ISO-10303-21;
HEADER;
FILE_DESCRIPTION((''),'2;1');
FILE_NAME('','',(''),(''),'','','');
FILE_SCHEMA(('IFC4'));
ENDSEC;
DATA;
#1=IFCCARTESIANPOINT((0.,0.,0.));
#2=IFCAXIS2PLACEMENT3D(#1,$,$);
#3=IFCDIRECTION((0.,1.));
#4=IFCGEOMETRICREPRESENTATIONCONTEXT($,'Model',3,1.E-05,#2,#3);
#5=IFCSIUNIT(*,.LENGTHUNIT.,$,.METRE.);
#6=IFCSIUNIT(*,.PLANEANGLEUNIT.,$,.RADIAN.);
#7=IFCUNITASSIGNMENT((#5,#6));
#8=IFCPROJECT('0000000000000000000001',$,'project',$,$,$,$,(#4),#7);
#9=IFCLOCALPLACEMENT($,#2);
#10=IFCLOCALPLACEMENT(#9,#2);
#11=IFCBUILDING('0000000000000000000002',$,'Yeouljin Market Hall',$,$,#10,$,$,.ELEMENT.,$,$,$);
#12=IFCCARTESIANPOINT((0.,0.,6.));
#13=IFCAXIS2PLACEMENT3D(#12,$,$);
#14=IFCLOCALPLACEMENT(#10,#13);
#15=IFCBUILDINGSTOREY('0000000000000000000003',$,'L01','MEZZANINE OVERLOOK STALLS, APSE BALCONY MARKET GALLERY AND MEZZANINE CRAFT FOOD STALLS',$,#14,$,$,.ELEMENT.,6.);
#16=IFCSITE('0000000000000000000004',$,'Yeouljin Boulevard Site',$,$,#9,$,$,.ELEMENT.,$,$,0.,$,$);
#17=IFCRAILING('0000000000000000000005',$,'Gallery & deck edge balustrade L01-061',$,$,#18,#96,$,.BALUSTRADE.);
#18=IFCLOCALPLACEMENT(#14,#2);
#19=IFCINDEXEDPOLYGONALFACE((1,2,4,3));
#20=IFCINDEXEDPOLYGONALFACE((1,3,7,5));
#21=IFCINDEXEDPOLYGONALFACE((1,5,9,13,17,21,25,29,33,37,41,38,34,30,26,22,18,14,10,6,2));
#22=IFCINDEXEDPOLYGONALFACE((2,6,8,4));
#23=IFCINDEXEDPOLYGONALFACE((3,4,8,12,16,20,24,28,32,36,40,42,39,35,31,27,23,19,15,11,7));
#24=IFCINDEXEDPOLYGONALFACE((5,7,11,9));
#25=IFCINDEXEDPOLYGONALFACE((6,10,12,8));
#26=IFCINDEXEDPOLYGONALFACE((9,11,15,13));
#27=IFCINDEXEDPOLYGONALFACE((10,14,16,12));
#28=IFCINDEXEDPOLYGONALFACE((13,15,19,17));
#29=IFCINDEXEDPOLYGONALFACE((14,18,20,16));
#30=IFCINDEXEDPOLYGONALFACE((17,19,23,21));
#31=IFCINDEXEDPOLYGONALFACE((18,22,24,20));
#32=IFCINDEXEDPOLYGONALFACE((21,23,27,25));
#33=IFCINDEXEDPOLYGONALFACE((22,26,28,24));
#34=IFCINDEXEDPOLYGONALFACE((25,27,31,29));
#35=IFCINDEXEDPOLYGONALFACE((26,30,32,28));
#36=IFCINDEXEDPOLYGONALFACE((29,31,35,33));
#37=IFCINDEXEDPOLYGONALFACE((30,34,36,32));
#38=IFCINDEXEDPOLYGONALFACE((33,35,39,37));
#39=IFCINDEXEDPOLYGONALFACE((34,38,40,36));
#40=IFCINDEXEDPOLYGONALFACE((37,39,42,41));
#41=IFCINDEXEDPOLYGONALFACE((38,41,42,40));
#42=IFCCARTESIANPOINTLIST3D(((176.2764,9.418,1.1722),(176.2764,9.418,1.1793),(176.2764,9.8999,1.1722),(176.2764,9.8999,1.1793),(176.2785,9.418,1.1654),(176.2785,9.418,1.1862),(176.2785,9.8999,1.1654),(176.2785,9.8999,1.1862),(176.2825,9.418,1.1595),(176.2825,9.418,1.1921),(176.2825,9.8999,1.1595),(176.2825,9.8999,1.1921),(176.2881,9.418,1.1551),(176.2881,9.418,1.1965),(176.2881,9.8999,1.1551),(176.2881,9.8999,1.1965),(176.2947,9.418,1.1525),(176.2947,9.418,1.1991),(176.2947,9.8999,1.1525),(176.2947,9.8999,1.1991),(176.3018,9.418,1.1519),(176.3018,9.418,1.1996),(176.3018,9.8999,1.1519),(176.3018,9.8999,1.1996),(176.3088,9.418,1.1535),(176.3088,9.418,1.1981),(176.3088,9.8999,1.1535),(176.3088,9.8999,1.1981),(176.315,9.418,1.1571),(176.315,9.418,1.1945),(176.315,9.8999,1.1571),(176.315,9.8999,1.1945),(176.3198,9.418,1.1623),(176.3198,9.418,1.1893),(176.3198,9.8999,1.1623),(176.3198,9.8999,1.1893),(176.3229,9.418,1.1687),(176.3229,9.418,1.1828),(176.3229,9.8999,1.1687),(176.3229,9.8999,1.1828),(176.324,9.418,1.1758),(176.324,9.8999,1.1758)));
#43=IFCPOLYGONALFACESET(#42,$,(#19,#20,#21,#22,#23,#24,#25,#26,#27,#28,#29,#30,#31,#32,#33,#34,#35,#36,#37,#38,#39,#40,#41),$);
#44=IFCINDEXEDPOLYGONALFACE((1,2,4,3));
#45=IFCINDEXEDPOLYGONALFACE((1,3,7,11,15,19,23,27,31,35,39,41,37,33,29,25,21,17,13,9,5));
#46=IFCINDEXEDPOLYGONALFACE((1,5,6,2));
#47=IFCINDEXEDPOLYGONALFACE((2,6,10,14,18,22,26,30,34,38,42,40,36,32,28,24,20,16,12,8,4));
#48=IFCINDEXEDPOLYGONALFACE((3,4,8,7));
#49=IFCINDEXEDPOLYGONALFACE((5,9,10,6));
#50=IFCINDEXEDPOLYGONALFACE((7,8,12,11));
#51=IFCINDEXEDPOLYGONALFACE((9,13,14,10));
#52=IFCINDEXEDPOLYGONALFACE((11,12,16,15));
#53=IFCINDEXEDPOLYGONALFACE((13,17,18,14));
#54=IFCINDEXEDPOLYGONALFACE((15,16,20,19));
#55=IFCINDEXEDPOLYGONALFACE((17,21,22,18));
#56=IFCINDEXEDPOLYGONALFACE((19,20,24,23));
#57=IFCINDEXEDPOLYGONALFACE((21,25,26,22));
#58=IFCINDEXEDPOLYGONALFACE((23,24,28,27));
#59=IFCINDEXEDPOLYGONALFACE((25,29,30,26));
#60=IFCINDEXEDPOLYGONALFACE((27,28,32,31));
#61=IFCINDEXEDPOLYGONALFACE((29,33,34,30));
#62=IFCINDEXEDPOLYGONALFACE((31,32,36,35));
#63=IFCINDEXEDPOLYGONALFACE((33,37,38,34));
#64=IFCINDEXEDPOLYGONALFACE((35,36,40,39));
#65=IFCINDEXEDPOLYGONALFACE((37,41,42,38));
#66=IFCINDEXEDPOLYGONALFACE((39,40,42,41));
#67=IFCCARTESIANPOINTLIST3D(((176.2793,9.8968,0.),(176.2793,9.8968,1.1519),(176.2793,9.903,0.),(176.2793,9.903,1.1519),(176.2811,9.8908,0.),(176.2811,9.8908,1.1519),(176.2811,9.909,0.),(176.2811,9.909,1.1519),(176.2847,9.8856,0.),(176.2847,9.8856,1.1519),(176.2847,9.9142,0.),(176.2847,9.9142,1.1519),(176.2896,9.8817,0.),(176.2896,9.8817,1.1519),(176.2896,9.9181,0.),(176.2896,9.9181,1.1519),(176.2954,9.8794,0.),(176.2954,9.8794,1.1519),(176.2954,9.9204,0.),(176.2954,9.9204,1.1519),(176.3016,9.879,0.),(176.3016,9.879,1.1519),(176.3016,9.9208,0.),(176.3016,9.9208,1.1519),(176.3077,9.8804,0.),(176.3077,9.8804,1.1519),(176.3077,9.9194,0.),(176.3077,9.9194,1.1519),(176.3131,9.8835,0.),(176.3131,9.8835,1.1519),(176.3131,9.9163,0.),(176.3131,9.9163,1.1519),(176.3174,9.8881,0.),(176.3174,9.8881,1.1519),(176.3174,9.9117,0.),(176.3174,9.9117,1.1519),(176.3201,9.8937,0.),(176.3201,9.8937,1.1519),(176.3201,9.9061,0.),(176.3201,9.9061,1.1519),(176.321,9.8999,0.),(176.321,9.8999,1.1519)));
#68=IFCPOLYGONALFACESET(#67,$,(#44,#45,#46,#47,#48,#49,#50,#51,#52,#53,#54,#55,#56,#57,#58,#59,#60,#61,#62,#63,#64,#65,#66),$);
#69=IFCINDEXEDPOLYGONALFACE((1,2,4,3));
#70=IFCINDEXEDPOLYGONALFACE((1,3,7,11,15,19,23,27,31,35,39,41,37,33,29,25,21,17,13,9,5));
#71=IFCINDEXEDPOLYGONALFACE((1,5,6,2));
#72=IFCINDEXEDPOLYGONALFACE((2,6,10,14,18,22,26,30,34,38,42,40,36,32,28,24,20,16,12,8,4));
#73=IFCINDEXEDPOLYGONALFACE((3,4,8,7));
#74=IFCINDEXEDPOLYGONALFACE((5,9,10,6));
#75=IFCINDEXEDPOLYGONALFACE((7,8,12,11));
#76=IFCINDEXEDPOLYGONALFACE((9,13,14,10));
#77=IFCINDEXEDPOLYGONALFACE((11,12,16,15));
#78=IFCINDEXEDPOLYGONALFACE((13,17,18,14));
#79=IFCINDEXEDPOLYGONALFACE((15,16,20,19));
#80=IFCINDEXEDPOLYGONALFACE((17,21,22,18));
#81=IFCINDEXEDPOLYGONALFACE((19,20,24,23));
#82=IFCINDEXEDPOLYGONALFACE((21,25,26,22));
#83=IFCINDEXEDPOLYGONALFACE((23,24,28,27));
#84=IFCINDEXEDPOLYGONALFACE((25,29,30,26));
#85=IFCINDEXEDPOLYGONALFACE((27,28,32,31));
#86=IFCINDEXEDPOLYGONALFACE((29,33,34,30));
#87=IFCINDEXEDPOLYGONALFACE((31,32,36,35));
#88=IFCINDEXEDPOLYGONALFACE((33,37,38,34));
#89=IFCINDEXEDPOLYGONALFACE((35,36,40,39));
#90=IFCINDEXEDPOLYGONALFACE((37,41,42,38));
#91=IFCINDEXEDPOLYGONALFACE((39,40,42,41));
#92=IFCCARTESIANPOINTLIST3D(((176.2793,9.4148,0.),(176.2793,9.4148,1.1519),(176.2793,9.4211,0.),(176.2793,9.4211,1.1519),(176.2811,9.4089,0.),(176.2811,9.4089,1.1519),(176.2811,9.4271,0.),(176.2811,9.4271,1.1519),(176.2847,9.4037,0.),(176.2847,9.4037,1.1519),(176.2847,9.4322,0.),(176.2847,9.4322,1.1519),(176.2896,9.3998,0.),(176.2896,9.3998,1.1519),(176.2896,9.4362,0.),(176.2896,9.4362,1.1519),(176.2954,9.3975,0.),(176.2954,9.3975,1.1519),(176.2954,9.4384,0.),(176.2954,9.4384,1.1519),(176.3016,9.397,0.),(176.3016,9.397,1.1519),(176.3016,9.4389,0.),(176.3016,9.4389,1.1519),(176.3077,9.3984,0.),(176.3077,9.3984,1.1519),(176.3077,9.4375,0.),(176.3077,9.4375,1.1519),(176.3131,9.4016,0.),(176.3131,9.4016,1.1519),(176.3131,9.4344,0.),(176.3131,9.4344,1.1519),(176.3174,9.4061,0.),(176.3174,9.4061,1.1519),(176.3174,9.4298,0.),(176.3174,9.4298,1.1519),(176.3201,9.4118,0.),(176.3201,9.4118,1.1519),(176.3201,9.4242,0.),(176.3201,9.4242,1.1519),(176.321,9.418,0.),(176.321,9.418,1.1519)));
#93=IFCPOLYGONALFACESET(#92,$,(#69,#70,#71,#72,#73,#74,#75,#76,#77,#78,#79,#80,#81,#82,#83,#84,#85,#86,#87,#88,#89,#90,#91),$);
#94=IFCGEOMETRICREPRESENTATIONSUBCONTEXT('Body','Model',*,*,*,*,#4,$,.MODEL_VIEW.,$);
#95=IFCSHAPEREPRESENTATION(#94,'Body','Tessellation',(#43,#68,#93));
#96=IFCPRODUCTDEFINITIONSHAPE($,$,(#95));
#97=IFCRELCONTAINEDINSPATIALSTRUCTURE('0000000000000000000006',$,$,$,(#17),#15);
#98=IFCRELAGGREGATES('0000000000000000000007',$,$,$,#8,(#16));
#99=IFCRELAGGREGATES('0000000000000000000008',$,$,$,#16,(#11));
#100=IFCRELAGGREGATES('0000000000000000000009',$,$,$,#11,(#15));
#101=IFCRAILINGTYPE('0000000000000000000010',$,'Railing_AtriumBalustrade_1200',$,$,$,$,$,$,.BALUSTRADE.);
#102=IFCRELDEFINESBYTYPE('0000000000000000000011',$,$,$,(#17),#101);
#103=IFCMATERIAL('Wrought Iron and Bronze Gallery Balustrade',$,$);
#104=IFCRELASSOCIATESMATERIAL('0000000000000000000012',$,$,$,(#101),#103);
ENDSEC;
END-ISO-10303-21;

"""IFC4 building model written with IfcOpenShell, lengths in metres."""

from ifc_helpers import new_model, si_unit, direction, frame, origin, origin_2d, place, context, subcontext, project, spatial, circle, extrude, material, type_object, element, save


model = new_model("IFC4")

# Units and contexts
model_context = context("Model", 3, precision=1e-05, world=origin(), true_north=direction((0.0, 1.0)))
body_context = subcontext(model_context, "Body", "Model", "MODEL_VIEW")
ifc_project = project(units=[si_unit("LENGTHUNIT", "METRE"), si_unit("PLANEANGLEUNIT", "RADIAN")], contexts=[model_context])

# Site, building, storey
site_placement = place(None, origin())
site = spatial("IfcSite", under=ifc_project, at=site_placement, Name="Yeouljin Boulevard Site", CompositionType="ELEMENT", RefElevation=0.0)
building_placement = place(site_placement, origin())
building = spatial("IfcBuilding", under=site, at=building_placement, Name="Yeouljin Market Hall", CompositionType="ELEMENT")
storey_placement = place(building_placement, frame((0.0, 0.0, 6.0)))
storey = spatial("IfcBuildingStorey", under=building, at=storey_placement, Name="L01", Description="MEZZANINE OVERLOOK STALLS, APSE BALCONY MARKET GALLERY AND MEZZANINE CRAFT FOOD STALLS", CompositionType="ELEMENT", Elevation=6.0)

# Railing
ifc_material_1 = material(Name="Wrought Iron and Bronze Gallery Balustrade")
railing_type = type_object("IfcRailingType", Name="Railing_AtriumBalustrade_1200", PredefinedType="BALUSTRADE", material=ifc_material_1)
railing_placement = place(storey_placement, frame((176.3, 9.8999, 0.0)))
element("IfcRailing", 1, at=railing_placement, inside=storey, type_object=railing_type, Name="Gallery & deck edge balustrade L01-061", PredefinedType="BALUSTRADE", context=body_context, shape_type="SweptSolid", body=[
    extrude(circle(Radius=0.0239, at=origin_2d()), frame((0.0, 0.0, 1.1758), z_axis=(0.0, -1.0, 0.0), x_axis=(1.0, 0.0, 0.0)), (0.0, 0.0, 1.0), 0.4819),
    extrude(circle(Radius=0.021, at=origin_2d()), origin(), (0.0, 0.0, 1.0), 1.1519),
    extrude(circle(Radius=0.021, at=origin_2d()), frame((0.0, -0.4819, 0.0)), (0.0, 0.0, 1.0), 1.1519),
])

save(model, "model.ifc")
